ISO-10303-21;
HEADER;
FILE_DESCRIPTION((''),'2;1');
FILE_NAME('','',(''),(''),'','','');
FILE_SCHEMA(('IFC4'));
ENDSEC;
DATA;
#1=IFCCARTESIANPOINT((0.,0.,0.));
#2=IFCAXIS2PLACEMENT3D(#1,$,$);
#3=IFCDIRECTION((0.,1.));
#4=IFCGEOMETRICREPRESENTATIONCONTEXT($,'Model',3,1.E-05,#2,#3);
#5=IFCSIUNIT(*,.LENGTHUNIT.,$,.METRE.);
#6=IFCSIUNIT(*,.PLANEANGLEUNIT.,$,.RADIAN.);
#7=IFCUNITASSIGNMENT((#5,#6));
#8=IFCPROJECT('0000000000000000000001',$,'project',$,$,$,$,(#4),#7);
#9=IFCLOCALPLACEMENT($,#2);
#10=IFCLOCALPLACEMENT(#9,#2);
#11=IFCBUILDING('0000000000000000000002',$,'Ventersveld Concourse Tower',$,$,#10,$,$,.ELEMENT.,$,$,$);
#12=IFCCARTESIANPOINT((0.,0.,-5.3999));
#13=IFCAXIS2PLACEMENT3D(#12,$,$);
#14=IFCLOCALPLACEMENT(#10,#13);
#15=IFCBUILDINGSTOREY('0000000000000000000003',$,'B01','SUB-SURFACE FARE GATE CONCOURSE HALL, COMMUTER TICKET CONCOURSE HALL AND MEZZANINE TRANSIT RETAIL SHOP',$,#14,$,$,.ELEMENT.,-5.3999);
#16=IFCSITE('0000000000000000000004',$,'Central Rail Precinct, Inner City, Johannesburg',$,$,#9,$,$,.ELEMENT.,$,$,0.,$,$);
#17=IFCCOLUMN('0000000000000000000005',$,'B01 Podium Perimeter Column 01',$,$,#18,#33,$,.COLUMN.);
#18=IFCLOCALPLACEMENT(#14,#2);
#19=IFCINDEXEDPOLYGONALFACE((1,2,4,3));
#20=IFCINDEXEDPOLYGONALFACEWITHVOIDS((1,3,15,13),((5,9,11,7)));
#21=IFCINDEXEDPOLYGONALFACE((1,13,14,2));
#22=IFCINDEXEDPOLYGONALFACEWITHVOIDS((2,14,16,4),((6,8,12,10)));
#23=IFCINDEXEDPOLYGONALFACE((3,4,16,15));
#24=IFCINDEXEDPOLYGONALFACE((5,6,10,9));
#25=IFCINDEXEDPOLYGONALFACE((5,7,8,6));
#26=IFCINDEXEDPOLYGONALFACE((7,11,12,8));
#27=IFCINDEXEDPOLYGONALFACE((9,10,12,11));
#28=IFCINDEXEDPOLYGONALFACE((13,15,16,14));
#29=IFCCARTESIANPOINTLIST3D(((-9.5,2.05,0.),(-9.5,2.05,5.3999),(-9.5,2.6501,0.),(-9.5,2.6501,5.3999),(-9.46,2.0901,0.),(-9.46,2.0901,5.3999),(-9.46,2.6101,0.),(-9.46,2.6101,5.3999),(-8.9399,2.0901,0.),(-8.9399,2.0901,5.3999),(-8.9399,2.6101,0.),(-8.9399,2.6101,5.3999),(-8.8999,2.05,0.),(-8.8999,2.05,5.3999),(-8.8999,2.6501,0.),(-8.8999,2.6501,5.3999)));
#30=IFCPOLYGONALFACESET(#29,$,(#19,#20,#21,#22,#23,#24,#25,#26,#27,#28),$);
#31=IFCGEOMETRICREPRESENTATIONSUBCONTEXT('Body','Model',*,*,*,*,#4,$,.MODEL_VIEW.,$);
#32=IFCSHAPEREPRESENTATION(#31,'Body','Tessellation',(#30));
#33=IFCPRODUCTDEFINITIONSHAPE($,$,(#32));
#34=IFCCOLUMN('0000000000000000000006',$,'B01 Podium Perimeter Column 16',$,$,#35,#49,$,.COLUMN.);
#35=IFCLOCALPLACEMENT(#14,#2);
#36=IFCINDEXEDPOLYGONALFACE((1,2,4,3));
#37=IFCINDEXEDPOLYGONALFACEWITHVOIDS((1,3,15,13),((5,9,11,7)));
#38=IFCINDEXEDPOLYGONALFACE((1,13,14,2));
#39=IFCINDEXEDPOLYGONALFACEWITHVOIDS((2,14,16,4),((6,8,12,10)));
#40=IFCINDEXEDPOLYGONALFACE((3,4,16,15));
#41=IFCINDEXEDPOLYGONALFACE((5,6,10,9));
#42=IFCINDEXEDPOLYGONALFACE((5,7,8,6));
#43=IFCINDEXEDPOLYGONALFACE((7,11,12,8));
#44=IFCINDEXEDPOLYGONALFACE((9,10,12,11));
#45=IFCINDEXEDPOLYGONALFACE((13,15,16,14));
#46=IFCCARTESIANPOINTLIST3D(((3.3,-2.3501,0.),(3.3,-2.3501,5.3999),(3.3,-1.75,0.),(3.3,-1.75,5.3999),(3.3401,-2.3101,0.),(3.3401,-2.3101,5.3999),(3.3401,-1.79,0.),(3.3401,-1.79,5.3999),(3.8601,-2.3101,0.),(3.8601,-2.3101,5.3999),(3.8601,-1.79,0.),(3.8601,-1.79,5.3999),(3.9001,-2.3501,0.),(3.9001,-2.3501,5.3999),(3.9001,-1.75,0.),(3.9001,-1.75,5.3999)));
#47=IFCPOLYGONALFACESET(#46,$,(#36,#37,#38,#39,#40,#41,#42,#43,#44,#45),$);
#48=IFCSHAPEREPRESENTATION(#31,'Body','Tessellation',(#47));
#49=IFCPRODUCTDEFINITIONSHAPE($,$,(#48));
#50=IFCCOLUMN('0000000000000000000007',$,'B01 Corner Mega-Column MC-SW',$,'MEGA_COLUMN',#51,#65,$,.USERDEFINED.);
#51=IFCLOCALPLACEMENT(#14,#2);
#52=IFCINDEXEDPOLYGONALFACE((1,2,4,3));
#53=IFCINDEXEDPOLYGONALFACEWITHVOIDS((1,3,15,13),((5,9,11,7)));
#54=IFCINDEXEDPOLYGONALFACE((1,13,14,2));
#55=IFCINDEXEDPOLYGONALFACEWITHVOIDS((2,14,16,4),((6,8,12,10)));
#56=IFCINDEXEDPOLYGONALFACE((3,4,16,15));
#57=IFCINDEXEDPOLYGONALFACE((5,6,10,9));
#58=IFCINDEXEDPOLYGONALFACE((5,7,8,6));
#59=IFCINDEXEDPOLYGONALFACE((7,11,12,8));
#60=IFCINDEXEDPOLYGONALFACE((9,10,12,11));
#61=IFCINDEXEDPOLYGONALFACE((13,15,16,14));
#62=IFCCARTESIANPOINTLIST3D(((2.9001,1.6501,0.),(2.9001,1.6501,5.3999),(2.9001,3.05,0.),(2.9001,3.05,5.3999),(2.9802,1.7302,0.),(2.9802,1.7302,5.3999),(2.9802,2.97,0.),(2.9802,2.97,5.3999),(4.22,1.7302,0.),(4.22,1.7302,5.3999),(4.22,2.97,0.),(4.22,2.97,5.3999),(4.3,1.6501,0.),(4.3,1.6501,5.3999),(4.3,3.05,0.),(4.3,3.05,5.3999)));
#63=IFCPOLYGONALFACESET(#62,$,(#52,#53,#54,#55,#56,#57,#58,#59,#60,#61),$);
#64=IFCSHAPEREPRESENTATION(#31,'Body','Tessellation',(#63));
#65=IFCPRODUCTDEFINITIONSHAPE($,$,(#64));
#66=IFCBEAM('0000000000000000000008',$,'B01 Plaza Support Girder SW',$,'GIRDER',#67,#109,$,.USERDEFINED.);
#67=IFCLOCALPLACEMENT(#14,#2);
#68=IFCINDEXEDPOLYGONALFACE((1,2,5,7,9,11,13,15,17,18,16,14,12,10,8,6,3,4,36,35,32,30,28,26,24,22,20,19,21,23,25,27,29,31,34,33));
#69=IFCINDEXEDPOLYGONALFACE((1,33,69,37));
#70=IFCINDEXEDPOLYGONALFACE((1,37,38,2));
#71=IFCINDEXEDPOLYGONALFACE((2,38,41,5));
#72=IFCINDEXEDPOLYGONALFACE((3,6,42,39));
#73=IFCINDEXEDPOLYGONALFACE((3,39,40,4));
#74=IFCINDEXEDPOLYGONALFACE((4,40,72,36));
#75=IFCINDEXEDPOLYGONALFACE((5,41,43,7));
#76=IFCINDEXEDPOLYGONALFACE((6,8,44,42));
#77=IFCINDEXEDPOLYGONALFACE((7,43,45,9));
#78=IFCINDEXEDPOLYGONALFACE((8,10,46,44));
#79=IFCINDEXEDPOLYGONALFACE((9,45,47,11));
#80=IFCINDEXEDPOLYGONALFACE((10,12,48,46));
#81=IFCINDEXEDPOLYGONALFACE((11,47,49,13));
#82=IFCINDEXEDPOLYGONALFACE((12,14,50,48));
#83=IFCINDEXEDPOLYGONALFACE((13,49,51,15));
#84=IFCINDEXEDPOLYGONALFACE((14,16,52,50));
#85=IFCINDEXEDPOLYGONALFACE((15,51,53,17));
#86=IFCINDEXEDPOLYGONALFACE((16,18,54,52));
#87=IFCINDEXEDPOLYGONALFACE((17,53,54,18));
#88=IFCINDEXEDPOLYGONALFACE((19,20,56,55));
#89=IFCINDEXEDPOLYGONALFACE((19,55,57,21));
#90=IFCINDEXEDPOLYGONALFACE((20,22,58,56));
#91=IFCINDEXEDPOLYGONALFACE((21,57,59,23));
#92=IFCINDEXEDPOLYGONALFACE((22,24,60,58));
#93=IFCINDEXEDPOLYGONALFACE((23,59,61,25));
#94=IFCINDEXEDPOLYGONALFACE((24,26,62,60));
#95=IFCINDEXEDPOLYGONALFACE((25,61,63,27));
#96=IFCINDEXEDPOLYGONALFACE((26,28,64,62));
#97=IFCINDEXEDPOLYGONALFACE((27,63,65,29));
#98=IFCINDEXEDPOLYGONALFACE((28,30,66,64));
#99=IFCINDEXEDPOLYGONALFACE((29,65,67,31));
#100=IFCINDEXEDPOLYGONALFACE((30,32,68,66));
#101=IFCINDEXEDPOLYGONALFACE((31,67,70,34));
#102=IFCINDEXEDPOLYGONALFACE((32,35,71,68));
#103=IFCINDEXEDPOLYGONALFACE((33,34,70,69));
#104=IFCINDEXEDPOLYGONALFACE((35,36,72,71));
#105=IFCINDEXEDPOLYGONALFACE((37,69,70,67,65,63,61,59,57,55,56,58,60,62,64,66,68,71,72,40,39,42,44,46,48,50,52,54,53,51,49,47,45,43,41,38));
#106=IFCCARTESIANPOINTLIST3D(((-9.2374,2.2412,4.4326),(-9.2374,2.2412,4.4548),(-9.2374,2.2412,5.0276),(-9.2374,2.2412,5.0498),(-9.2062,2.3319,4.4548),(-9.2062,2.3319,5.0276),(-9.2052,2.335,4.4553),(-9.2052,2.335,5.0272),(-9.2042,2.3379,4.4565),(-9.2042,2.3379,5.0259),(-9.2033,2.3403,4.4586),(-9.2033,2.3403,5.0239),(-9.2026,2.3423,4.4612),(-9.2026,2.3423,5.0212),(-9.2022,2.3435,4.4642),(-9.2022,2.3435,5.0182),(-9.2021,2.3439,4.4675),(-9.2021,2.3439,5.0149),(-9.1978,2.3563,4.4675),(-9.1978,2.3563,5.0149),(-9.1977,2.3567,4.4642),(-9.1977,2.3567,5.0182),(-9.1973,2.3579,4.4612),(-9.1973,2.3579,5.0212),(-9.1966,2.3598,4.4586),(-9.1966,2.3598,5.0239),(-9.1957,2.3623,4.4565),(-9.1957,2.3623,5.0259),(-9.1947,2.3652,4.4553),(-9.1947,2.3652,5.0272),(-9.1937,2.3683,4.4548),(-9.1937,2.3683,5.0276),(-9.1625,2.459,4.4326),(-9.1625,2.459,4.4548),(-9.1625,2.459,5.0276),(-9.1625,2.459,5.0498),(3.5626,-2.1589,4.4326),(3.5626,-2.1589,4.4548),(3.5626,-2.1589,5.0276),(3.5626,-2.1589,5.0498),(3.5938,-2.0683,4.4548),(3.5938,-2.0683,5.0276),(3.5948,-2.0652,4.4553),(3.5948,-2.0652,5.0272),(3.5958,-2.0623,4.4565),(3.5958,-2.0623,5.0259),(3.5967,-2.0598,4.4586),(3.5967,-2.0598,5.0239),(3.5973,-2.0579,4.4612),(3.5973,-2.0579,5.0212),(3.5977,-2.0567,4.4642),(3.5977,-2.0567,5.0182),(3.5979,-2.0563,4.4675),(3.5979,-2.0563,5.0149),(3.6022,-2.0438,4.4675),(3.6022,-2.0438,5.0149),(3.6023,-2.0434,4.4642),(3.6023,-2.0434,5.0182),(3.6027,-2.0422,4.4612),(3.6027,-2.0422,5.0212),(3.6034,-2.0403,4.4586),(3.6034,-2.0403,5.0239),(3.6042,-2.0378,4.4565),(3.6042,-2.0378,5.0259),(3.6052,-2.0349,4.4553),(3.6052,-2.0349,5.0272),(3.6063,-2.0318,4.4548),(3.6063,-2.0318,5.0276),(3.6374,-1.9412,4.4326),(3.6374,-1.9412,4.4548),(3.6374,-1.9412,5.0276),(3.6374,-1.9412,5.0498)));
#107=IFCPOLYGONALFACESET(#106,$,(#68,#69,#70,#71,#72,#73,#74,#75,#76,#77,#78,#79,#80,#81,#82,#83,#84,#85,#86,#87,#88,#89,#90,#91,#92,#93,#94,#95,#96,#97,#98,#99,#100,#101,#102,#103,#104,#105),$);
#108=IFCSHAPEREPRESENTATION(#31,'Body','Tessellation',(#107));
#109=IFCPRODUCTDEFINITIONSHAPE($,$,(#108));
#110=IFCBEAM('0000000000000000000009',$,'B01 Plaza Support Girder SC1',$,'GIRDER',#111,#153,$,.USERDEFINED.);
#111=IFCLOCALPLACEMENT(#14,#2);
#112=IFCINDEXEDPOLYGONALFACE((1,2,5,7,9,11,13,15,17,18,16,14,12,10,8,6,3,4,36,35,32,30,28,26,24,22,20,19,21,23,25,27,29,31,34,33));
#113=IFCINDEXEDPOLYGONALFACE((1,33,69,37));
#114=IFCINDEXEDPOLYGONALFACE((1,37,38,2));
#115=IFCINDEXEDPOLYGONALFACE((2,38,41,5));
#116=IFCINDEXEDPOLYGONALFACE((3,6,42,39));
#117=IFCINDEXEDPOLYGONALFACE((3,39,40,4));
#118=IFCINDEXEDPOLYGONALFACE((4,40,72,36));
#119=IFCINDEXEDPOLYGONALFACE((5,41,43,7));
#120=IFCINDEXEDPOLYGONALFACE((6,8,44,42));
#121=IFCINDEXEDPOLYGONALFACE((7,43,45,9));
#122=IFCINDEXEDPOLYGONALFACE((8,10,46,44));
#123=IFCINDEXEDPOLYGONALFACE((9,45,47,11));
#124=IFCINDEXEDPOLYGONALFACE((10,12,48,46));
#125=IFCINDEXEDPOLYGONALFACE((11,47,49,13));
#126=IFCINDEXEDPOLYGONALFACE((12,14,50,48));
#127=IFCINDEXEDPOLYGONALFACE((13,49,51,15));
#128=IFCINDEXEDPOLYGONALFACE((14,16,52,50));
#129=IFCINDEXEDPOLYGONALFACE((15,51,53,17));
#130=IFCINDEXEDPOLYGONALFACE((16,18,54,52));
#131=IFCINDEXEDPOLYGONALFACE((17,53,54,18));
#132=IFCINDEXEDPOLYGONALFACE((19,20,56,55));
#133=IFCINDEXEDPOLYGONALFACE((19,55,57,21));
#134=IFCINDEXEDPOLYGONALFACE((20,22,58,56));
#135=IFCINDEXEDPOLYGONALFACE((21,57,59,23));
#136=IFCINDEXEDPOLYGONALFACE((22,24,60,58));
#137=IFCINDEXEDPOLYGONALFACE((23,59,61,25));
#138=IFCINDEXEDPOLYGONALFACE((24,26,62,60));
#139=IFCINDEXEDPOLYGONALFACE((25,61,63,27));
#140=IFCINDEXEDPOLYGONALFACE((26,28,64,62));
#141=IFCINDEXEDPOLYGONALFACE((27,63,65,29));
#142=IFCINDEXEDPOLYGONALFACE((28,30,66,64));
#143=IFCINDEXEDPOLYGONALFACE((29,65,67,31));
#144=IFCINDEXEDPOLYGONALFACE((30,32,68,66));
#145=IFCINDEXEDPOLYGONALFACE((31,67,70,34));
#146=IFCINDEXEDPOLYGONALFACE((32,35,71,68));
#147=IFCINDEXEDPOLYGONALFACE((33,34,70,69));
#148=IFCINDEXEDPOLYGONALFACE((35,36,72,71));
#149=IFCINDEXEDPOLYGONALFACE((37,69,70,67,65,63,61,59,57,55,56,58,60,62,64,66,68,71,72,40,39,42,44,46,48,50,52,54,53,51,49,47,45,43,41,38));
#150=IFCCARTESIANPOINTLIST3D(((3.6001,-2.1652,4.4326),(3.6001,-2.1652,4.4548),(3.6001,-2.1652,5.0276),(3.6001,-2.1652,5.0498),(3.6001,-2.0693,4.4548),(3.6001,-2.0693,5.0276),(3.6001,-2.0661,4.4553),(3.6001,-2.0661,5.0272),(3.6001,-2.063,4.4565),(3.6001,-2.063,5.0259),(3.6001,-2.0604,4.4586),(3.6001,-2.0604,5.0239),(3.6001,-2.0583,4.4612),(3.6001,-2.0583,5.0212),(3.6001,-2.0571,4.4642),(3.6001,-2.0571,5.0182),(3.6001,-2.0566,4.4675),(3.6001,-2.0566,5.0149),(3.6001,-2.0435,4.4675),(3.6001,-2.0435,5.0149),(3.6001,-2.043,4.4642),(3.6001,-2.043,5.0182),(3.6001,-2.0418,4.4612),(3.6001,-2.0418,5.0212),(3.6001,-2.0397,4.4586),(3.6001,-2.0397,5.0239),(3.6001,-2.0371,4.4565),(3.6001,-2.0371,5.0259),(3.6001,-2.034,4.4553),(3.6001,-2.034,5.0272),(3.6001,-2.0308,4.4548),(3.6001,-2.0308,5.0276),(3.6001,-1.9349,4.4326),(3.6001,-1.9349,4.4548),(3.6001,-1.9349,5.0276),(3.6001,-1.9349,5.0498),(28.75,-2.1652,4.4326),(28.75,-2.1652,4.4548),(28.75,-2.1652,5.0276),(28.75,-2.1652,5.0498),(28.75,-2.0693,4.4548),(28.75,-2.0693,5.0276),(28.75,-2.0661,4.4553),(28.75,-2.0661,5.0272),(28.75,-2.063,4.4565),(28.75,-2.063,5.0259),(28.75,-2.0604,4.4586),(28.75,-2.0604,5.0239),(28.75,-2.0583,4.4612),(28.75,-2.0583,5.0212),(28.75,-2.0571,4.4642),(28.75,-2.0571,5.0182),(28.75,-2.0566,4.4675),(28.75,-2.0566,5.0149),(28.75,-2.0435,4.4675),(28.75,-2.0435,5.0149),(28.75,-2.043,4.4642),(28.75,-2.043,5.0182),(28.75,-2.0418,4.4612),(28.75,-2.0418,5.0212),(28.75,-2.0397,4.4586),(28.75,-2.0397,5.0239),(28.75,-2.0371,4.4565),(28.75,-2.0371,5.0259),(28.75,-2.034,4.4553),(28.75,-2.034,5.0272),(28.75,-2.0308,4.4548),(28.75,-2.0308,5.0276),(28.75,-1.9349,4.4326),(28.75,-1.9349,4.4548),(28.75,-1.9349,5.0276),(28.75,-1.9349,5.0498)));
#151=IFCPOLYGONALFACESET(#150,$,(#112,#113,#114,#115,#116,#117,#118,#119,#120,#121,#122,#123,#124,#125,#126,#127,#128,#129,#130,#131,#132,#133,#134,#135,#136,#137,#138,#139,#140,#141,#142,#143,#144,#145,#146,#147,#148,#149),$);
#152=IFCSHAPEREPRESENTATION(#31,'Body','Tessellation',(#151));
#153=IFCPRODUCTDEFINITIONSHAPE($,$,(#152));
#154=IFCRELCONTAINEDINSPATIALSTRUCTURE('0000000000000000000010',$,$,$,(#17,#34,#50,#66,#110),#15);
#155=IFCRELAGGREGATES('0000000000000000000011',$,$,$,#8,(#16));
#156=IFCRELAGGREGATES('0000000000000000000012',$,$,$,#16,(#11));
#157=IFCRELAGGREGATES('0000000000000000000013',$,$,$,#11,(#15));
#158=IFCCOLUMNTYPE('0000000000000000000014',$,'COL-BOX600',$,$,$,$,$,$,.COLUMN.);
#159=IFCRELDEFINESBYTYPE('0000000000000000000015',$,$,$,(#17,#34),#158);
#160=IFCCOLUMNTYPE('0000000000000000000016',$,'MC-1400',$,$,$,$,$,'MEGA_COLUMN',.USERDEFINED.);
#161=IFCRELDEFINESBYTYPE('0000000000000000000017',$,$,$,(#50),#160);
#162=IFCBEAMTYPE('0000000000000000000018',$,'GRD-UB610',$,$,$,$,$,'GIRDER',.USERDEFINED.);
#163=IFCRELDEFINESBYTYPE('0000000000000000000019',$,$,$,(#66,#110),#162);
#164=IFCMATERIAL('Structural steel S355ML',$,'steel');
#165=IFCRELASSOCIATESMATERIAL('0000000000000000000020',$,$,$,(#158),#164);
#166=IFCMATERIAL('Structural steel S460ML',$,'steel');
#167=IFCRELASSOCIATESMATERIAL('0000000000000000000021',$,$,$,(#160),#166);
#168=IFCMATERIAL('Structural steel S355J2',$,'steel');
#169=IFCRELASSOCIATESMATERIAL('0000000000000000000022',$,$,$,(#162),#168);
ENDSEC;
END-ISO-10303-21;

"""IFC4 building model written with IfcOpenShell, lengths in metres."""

from ifc_helpers import new_model, si_unit, direction, frame, origin, origin_2d, place, context, subcontext, project, spatial, hollow_rectangle, i_section, extrude, material, material_profile, profile_set, type_object, element, save


model = new_model("IFC4")

# Units and contexts
model_context = context("Model", 3, precision=1e-05, world=origin(), true_north=direction((0.0, 1.0)))
body_context = subcontext(model_context, "Body", "Model", "MODEL_VIEW")
ifc_project = project(units=[si_unit("LENGTHUNIT", "METRE"), si_unit("PLANEANGLEUNIT", "RADIAN")], contexts=[model_context])

# Site, building, storey
site_placement = place(None, origin())
site = spatial("IfcSite", under=ifc_project, at=site_placement, Name="Central Rail Precinct, Inner City, Johannesburg", CompositionType="ELEMENT", RefElevation=0.0)
building_placement = place(site_placement, origin())
building = spatial("IfcBuilding", under=site, at=building_placement, Name="Ventersveld Concourse Tower", CompositionType="ELEMENT")
storey_placement = place(building_placement, frame((0.0, 0.0, -5.3999)))
storey = spatial("IfcBuildingStorey", under=building, at=storey_placement, Name="B01", Description="SUB-SURFACE FARE GATE CONCOURSE HALL, COMMUTER TICKET CONCOURSE HALL AND MEZZANINE TRANSIT RETAIL SHOP", CompositionType="ELEMENT", Elevation=-5.3999)

# Columns
ifc_material_1 = material(Name="Structural steel S355ML", Category="steel")
ifc_material_profile_1 = material_profile(ifc_material_1, hollow_rectangle(XDim=0.6001, YDim=0.6001, WallThickness=0.04, at=origin_2d()), Name="BOX 600x600x40")
ifc_profile_set_1 = profile_set([ifc_material_profile_1], Name="Structural steel S355ML")
column_type_1 = type_object("IfcColumnType", Name="COL-BOX600", PredefinedType="COLUMN", material=ifc_profile_set_1)
for number, where, z_axis, x_axis, name in (
    (1, (-9.2, 2.3501, 0.0), (0.0, 0.0, 1.0), (1.0, 0.0, 0.0), "B01 Podium Perimeter Column 01"),
    (2, (3.6001, -2.05, 0.0), (0.0, 0.0, 1.0), (1.0, 0.0, 0.0), "B01 Podium Perimeter Column 16"),
):
    element("IfcColumn", number, at=place(storey_placement, frame(where, z_axis=z_axis, x_axis=x_axis)), inside=storey, type_object=column_type_1, Name=name, PredefinedType="COLUMN", context=body_context, shape_type="SweptSolid", body=[
        extrude(hollow_rectangle(XDim=0.6001, YDim=0.6001, WallThickness=0.04, at=origin_2d()), origin(), (0.0, 0.0, 1.0), 5.3999),
    ])
ifc_material_2 = material(Name="Structural steel S460ML", Category="steel")
ifc_material_profile_2 = material_profile(ifc_material_2, hollow_rectangle(XDim=1.3999, YDim=1.3999, WallThickness=0.0801, at=origin_2d()), Name="BOX 1400x1400x80")
ifc_profile_set_2 = profile_set([ifc_material_profile_2], Name="Structural steel S460ML")
column_type_2 = type_object("IfcColumnType", Name="MC-1400", ElementType="MEGA_COLUMN", PredefinedType="USERDEFINED", material=ifc_profile_set_2)
column_placement = place(storey_placement, frame((3.6001, 2.3501, 0.0), z_axis=(0.0, 0.0, 1.0), x_axis=(1.0, 0.0, 0.0)))
element("IfcColumn", 3, at=column_placement, inside=storey, type_object=column_type_2, Name="B01 Corner Mega-Column MC-SW", ObjectType="MEGA_COLUMN", PredefinedType="USERDEFINED", context=body_context, shape_type="SweptSolid", body=[
    extrude(hollow_rectangle(XDim=1.3999, YDim=1.3999, WallThickness=0.0801, at=origin_2d()), origin(), (0.0, 0.0, 1.0), 5.3999),
])

# Beams
ifc_material_3 = material(Name="Structural steel S355J2", Category="steel")
ifc_material_profile_3 = material_profile(ifc_material_3, i_section(OverallWidth=0.2302, OverallDepth=0.6172, WebThickness=0.0132, FlangeThickness=0.0222, FilletRadius=0.0127, at=origin_2d()), Name="UB 610x229x140")
ifc_profile_set_3 = profile_set([ifc_material_profile_3], Name="Structural steel S355J2")
beam_type = type_object("IfcBeamType", Name="GRD-UB610", ElementType="GIRDER", PredefinedType="USERDEFINED", material=ifc_profile_set_3)
beam_1_placement = place(storey_placement, frame((-9.2, 2.3501, 4.7412), z_axis=(0.945684, -0.325088, 0.0), x_axis=(0.325088, 0.945684, 0.0)))
element("IfcBeam", 4, at=beam_1_placement, inside=storey, type_object=beam_type, Name="B01 Plaza Support Girder SW", ObjectType="GIRDER", PredefinedType="USERDEFINED", context=body_context, shape_type="SweptSolid", body=[
    extrude(i_section(OverallWidth=0.2302, OverallDepth=0.6172, WebThickness=0.0132, FlangeThickness=0.0222, FilletRadius=0.0127, at=origin_2d()), origin(), (0.0, 0.0, 1.0), 13.5352),
])
beam_2_placement = place(storey_placement, frame((3.6001, -2.05, 4.7412), z_axis=(1.0, 0.0, 0.0), x_axis=(0.0, 1.0, 0.0)))
element("IfcBeam", 5, at=beam_2_placement, inside=storey, type_object=beam_type, Name="B01 Plaza Support Girder SC1", ObjectType="GIRDER", PredefinedType="USERDEFINED", context=body_context, shape_type="SweptSolid", body=[
    extrude(i_section(OverallWidth=0.2302, OverallDepth=0.6172, WebThickness=0.0132, FlangeThickness=0.0222, FilletRadius=0.0127, at=origin_2d()), origin(), (0.0, 0.0, 1.0), 25.1499),
])

save(model, "model.ifc")
